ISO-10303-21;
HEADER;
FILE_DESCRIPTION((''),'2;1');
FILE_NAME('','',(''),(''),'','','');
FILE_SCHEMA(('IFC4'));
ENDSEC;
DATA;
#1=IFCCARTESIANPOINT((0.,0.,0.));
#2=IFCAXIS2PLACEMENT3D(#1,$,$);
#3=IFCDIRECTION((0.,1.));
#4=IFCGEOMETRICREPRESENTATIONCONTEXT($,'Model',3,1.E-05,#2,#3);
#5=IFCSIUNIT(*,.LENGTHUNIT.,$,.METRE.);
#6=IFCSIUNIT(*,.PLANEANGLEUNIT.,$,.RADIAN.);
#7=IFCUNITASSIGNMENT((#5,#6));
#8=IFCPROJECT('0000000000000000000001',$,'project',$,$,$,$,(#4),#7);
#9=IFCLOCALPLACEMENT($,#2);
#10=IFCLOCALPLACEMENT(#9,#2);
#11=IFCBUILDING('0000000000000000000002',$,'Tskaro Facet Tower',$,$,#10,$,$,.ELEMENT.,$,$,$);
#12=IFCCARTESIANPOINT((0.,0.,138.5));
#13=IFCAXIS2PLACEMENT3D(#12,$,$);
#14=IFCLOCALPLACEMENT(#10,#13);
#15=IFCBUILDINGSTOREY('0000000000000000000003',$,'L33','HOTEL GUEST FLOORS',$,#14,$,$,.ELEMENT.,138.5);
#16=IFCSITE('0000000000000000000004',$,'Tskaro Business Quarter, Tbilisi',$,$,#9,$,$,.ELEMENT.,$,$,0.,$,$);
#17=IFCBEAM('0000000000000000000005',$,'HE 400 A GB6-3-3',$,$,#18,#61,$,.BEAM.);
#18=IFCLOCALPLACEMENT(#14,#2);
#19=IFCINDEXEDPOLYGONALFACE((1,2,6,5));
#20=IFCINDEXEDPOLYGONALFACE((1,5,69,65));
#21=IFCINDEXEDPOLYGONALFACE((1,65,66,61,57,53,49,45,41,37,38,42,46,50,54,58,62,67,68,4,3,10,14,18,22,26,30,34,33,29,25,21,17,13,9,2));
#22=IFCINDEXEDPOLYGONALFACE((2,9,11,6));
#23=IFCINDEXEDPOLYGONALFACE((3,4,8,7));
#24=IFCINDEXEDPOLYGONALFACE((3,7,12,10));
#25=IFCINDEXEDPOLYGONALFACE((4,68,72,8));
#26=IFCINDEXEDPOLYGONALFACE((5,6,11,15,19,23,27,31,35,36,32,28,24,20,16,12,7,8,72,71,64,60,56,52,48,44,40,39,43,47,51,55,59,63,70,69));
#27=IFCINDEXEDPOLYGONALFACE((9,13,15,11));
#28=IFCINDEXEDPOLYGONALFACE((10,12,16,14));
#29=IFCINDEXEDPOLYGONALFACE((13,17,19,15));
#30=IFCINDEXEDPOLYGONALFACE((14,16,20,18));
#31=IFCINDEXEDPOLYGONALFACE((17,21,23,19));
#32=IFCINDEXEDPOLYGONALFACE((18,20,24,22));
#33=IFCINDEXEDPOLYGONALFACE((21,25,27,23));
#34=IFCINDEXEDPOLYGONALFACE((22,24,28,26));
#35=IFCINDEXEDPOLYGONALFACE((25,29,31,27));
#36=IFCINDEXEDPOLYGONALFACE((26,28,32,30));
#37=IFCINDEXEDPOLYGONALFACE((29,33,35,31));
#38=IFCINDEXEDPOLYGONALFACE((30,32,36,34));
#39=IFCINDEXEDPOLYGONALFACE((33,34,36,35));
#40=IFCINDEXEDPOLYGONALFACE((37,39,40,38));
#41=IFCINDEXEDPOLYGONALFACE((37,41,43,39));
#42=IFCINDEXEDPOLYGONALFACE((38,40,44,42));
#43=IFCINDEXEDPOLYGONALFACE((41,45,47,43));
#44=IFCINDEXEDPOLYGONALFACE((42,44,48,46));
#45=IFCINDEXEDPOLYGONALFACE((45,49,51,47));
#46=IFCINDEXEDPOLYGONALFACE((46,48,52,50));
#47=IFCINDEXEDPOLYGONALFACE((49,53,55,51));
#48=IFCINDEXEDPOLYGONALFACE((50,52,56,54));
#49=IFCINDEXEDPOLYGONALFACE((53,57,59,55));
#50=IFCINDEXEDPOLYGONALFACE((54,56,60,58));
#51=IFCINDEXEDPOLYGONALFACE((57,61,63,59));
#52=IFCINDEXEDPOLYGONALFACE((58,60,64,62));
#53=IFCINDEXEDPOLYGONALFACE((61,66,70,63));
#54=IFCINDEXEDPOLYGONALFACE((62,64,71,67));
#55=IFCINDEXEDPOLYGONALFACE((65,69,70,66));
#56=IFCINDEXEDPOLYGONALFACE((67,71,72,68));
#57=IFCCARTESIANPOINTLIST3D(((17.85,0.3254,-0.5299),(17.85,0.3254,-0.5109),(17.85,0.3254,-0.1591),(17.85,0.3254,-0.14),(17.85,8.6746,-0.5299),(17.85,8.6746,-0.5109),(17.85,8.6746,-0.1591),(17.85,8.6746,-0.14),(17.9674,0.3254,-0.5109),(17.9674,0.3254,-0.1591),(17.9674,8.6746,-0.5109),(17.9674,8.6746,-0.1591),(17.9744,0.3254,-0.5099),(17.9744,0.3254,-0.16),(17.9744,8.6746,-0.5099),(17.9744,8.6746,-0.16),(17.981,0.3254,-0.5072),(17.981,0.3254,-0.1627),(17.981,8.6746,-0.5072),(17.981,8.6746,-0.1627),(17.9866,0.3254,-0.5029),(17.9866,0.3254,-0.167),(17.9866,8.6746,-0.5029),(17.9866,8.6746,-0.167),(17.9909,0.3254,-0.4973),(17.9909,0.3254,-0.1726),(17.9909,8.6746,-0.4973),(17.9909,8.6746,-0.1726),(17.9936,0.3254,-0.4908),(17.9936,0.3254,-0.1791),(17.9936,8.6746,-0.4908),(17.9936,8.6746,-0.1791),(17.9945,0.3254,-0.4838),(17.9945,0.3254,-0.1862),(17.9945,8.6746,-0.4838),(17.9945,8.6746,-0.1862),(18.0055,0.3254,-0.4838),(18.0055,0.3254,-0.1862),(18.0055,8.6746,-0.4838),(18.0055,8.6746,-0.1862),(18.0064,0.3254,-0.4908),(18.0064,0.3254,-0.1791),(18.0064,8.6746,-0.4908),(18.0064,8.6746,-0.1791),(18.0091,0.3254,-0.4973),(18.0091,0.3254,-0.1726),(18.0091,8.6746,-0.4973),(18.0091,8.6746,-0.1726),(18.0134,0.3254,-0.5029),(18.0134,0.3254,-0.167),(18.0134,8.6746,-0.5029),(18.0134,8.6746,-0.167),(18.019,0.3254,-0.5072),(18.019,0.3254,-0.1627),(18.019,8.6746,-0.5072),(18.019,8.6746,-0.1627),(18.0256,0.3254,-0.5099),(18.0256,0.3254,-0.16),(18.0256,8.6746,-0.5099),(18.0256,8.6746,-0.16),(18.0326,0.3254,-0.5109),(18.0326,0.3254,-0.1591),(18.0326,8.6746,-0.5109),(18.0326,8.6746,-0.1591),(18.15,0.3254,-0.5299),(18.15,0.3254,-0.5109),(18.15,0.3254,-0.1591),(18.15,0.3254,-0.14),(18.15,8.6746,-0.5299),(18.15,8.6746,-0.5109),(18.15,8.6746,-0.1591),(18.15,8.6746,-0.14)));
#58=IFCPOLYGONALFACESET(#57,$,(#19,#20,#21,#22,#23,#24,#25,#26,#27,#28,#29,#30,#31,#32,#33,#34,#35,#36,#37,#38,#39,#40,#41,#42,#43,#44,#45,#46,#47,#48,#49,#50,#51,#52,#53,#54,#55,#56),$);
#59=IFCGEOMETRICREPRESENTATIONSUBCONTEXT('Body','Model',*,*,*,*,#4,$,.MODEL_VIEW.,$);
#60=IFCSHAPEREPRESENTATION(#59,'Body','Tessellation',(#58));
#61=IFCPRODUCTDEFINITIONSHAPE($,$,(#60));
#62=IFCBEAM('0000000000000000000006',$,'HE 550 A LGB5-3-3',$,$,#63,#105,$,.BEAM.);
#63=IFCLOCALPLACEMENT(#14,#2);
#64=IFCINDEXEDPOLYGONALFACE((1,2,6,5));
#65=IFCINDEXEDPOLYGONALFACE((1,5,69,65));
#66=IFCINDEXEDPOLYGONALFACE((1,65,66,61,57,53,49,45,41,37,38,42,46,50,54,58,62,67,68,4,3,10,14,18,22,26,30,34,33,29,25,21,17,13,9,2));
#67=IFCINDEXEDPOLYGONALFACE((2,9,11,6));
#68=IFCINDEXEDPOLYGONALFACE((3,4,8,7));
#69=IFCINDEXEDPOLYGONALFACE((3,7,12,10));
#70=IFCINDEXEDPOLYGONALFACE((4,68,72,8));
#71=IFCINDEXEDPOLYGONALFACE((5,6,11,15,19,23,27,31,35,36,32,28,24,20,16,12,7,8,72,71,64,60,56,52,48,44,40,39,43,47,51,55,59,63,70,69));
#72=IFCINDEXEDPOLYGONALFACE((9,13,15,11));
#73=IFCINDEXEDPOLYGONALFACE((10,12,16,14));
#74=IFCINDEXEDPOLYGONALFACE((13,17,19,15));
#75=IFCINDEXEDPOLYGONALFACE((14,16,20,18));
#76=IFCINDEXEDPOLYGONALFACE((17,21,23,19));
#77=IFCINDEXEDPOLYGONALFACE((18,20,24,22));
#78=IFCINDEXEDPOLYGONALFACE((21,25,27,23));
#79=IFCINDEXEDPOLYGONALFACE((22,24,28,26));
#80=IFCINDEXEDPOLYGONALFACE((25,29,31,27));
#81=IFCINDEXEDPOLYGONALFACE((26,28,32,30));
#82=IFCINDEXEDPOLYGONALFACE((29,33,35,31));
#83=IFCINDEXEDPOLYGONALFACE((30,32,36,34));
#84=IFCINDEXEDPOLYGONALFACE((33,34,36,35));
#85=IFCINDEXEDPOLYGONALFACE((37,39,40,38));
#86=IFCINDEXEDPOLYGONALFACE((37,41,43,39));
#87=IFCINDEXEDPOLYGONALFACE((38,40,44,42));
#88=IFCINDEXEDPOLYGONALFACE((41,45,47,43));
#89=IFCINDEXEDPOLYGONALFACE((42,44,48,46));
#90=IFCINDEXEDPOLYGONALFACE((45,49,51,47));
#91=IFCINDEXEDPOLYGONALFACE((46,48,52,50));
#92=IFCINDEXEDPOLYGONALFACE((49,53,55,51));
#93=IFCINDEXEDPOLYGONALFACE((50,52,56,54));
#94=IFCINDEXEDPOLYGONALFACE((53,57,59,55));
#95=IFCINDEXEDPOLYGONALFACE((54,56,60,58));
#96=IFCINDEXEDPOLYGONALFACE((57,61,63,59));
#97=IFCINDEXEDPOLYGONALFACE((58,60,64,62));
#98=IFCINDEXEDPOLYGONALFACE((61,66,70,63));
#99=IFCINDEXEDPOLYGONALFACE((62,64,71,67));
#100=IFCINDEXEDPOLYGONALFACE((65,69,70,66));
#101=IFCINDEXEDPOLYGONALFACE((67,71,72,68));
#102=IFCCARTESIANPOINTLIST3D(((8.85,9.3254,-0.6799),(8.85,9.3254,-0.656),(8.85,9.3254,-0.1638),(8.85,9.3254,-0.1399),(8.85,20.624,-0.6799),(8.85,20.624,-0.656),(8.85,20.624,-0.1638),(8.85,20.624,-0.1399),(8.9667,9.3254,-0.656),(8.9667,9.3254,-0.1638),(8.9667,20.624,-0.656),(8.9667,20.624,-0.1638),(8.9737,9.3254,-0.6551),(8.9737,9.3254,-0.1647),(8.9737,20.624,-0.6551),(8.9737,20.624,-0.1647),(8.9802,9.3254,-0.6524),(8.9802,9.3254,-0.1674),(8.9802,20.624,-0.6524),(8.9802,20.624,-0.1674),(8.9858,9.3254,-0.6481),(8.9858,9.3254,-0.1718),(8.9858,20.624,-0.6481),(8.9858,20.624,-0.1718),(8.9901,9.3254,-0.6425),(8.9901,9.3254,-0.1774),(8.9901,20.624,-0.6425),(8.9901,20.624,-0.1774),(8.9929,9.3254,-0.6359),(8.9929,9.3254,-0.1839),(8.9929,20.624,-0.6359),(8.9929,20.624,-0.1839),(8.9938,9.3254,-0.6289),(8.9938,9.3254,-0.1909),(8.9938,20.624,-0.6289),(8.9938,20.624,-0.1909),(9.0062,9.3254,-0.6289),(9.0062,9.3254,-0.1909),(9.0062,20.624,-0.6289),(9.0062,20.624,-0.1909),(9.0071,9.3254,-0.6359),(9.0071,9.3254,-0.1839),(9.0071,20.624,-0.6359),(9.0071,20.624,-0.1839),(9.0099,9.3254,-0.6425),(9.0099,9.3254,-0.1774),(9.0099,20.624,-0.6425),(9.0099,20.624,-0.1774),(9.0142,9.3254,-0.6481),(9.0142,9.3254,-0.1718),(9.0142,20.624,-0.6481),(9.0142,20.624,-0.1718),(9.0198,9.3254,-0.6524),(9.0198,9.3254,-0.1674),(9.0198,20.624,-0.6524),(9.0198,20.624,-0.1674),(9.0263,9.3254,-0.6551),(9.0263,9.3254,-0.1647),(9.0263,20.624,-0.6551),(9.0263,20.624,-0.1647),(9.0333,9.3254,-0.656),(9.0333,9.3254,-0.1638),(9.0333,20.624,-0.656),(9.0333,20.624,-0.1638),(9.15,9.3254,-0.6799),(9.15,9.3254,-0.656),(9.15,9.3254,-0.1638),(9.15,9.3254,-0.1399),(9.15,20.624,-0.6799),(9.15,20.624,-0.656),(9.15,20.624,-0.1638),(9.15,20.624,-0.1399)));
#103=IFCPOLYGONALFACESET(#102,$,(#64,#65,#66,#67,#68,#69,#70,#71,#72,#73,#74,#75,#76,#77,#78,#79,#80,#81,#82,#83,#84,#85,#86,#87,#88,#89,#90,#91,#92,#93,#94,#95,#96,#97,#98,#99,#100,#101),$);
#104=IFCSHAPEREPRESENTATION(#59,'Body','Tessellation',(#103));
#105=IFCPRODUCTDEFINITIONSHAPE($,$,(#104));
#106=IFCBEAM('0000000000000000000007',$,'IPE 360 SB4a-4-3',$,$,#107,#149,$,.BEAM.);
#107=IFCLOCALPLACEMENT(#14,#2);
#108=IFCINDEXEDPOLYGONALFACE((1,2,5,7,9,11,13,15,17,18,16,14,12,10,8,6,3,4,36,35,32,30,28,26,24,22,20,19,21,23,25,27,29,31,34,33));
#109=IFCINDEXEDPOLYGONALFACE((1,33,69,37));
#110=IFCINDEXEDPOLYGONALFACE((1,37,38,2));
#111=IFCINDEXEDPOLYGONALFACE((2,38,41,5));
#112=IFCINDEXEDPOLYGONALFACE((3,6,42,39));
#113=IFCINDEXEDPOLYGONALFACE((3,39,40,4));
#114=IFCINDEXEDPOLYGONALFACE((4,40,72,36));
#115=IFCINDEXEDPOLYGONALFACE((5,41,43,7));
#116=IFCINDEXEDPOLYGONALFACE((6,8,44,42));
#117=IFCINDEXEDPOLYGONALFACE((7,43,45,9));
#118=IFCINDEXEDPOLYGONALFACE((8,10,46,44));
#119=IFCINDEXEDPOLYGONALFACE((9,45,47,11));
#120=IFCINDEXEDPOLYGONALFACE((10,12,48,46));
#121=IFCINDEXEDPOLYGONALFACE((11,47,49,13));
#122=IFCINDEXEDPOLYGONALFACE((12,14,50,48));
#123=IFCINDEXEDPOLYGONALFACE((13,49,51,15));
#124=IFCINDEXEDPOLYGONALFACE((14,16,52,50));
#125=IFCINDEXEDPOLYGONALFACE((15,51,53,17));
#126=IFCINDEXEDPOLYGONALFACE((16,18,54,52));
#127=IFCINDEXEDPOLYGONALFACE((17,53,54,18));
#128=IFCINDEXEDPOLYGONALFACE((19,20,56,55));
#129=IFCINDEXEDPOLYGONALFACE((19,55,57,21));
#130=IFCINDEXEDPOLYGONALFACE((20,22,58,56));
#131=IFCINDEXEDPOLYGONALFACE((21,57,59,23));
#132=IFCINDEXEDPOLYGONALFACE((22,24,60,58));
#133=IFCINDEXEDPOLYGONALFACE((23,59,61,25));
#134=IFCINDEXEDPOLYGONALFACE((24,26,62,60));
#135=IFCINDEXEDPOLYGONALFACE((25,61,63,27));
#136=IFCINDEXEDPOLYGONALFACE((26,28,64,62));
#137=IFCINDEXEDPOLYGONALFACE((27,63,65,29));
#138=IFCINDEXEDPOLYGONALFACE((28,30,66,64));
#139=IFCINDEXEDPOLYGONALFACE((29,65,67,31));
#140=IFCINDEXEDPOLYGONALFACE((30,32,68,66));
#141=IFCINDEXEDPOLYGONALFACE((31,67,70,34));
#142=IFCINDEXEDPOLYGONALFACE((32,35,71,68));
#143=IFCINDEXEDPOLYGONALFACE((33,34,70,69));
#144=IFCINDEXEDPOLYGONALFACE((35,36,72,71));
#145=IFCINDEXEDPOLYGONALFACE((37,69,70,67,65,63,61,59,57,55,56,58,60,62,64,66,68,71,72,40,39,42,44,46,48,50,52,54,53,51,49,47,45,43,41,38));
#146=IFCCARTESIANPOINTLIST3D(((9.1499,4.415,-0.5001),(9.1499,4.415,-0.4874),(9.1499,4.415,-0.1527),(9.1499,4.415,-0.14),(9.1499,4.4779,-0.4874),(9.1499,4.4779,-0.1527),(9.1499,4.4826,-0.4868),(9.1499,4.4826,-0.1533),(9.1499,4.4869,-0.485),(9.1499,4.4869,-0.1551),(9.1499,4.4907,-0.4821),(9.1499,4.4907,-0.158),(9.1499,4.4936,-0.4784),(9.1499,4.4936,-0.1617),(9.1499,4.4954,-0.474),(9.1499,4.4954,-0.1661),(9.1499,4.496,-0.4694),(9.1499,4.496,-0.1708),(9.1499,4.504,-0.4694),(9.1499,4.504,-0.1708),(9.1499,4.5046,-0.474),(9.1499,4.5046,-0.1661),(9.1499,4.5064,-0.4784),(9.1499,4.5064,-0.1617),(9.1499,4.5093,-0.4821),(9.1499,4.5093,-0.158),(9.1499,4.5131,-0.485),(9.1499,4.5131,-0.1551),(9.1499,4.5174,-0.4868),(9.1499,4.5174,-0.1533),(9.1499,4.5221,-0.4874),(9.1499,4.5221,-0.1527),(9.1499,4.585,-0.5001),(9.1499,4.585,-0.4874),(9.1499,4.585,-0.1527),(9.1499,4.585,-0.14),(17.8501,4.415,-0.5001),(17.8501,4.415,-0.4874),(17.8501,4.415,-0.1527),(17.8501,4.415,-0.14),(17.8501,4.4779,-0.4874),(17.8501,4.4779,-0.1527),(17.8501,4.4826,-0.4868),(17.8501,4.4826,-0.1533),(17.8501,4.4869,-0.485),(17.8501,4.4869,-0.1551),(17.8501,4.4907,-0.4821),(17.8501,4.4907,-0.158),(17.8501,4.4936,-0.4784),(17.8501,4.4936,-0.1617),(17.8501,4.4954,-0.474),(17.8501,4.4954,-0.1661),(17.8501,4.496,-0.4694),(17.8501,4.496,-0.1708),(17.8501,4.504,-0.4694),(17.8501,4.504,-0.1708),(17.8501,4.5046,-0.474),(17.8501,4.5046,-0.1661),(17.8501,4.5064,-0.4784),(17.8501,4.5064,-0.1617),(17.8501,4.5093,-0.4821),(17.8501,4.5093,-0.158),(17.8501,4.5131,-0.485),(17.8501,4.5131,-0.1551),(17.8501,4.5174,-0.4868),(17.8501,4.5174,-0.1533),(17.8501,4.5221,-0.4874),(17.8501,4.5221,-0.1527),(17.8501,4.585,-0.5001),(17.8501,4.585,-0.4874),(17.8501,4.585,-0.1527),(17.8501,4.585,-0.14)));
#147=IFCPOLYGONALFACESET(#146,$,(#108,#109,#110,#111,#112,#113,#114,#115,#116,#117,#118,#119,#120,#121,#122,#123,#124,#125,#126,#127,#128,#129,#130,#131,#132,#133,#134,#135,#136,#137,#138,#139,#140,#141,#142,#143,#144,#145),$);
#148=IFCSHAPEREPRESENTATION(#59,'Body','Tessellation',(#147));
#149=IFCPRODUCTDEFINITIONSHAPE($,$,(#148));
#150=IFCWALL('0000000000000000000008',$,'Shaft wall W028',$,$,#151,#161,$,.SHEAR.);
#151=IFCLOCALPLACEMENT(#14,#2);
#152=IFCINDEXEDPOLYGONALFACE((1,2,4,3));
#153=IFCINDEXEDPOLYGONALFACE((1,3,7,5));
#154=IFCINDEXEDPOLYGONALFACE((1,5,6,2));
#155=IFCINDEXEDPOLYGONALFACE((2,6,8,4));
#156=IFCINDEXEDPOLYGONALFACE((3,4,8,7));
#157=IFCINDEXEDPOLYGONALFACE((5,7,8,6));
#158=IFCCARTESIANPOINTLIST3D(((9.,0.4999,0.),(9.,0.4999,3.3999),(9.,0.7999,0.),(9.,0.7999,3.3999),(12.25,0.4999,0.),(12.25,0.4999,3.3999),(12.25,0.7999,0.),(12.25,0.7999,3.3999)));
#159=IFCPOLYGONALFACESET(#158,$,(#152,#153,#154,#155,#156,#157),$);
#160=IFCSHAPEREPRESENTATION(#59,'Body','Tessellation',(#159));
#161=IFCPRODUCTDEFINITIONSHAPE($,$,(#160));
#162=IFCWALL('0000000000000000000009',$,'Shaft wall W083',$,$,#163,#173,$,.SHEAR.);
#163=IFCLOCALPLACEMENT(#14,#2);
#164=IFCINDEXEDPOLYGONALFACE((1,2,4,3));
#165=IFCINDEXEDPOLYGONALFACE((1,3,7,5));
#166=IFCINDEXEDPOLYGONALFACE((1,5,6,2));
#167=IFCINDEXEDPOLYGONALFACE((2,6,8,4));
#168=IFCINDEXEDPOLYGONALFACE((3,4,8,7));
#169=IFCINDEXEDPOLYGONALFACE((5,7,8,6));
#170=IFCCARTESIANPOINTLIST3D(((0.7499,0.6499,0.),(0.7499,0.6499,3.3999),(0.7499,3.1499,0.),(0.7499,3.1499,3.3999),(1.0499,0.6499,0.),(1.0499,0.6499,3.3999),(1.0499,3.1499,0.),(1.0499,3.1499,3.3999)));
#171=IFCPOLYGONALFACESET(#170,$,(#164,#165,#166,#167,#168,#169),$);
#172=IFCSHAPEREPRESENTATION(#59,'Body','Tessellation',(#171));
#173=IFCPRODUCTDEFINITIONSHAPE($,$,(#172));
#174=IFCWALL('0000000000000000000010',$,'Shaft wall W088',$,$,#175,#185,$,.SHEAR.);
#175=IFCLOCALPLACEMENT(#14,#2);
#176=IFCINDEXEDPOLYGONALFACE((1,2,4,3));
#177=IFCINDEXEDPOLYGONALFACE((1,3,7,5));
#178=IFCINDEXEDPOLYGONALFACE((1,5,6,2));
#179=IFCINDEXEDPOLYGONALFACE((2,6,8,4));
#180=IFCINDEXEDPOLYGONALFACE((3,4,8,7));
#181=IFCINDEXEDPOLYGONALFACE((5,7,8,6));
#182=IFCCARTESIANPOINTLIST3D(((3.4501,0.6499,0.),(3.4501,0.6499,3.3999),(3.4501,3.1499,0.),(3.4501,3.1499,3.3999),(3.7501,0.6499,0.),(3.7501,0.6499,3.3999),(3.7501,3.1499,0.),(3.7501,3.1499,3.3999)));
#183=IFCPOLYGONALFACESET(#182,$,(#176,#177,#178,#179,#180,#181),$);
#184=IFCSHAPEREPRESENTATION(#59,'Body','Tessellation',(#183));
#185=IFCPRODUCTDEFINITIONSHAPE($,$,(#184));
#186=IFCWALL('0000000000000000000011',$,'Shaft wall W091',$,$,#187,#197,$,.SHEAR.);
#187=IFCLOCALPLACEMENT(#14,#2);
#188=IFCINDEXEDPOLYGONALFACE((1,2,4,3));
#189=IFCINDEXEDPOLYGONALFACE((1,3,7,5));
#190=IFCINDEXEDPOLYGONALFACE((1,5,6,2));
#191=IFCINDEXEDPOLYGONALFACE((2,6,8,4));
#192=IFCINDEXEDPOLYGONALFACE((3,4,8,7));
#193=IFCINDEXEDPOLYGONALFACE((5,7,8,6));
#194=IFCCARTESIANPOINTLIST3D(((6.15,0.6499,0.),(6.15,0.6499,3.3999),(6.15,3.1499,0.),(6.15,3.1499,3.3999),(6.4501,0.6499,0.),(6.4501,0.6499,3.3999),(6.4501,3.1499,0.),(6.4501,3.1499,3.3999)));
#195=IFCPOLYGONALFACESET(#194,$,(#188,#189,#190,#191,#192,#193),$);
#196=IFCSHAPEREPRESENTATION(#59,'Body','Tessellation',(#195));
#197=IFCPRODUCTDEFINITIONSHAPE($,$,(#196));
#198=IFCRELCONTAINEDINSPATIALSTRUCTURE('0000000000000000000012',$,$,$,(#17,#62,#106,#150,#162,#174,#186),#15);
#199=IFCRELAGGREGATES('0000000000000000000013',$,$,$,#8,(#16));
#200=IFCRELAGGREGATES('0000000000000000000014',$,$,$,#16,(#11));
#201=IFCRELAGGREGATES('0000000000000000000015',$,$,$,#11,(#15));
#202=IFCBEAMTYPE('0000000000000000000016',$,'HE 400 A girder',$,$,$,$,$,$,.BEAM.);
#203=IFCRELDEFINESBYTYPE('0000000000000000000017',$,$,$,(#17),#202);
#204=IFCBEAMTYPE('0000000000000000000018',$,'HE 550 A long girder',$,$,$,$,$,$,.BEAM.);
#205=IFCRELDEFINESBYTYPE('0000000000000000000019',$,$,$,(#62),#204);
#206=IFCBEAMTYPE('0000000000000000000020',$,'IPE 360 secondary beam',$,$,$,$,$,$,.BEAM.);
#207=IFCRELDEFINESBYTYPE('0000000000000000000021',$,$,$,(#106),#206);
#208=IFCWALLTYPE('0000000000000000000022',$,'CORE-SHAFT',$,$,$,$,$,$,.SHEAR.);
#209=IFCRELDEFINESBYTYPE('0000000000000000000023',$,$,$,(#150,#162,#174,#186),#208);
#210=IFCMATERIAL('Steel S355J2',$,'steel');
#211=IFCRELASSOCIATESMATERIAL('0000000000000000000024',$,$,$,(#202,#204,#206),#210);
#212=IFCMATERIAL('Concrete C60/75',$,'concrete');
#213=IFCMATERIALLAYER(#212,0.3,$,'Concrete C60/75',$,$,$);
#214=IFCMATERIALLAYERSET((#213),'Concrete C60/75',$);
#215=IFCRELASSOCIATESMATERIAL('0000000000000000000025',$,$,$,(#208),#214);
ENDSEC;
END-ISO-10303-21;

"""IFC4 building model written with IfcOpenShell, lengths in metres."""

from ifc_helpers import new_model, si_unit, direction, frame, frame_2d, origin, origin_2d, place, context, subcontext, project, spatial, rectangle, i_section, extrude, material, layer, layer_set, material_profile, profile_set, type_object, element, save


model = new_model("IFC4")

# Units and contexts
model_context = context("Model", 3, precision=1e-05, world=origin(), true_north=direction((0.0, 1.0)))
body_context = subcontext(model_context, "Body", "Model", "MODEL_VIEW")
ifc_project = project(units=[si_unit("LENGTHUNIT", "METRE"), si_unit("PLANEANGLEUNIT", "RADIAN")], contexts=[model_context])

# Site, building, storey
site_placement = place(None, origin())
site = spatial("IfcSite", under=ifc_project, at=site_placement, Name="Tskaro Business Quarter, Tbilisi", CompositionType="ELEMENT", RefElevation=0.0)
building_placement = place(site_placement, origin())
building = spatial("IfcBuilding", under=site, at=building_placement, Name="Tskaro Facet Tower", CompositionType="ELEMENT")
storey_placement = place(building_placement, frame((0.0, 0.0, 138.5)))
storey = spatial("IfcBuildingStorey", under=building, at=storey_placement, Name="L33", Description="HOTEL GUEST FLOORS", CompositionType="ELEMENT", Elevation=138.5)

# Beams
ifc_material_1 = material(Name="Steel S355J2", Category="steel")
ifc_material_profile_1 = material_profile(ifc_material_1, i_section(OverallWidth=0.3, OverallDepth=0.3899, WebThickness=0.011, FlangeThickness=0.019, FilletRadius=0.0271, at=origin_2d()), Name="HE 400 A")
ifc_profile_set_1 = profile_set([ifc_material_profile_1], Name="Steel S355J2")
beam_type_1 = type_object("IfcBeamType", Name="HE 400 A girder", PredefinedType="BEAM", material=ifc_profile_set_1)
beam_1_placement = place(storey_placement, frame((18.0, 0.3254, -0.335), z_axis=(0.0, 1.0, 0.0), x_axis=(-1.0, 0.0, 0.0)))
element("IfcBeam", 1, at=beam_1_placement, inside=storey, type_object=beam_type_1, Name="HE 400 A GB6-3-3", PredefinedType="BEAM", context=body_context, shape_type="SweptSolid", body=[
    extrude(i_section(OverallWidth=0.3, OverallDepth=0.3899, WebThickness=0.011, FlangeThickness=0.019, FilletRadius=0.0271, at=origin_2d()), origin(), (0.0, 0.0, 1.0), 8.3491),
])
ifc_material_profile_2 = material_profile(ifc_material_1, i_section(OverallWidth=0.3, OverallDepth=0.54, WebThickness=0.0125, FlangeThickness=0.0239, FilletRadius=0.0271, at=origin_2d()), Name="HE 550 A")
ifc_profile_set_2 = profile_set([ifc_material_profile_2], Name="Steel S355J2")
beam_type_2 = type_object("IfcBeamType", Name="HE 550 A long girder", PredefinedType="BEAM", material=ifc_profile_set_2)
beam_2_placement = place(storey_placement, frame((9.0, 9.3254, -0.4099), z_axis=(0.0, 1.0, 0.0), x_axis=(-1.0, 0.0, 0.0)))
element("IfcBeam", 2, at=beam_2_placement, inside=storey, type_object=beam_type_2, Name="HE 550 A LGB5-3-3", PredefinedType="BEAM", context=body_context, shape_type="SweptSolid", body=[
    extrude(i_section(OverallWidth=0.3, OverallDepth=0.54, WebThickness=0.0125, FlangeThickness=0.0239, FilletRadius=0.0271, at=origin_2d()), origin(), (0.0, 0.0, 1.0), 11.2986),
])
ifc_material_profile_3 = material_profile(ifc_material_1, i_section(OverallWidth=0.1699, OverallDepth=0.3601, WebThickness=0.0081, FlangeThickness=0.0127, FilletRadius=0.0181, at=origin_2d()), Name="IPE 360")
ifc_profile_set_3 = profile_set([ifc_material_profile_3], Name="Steel S355J2")
beam_type_3 = type_object("IfcBeamType", Name="IPE 360 secondary beam", PredefinedType="BEAM", material=ifc_profile_set_3)
beam_3_placement = place(storey_placement, frame((9.1499, 4.5, -0.3201), z_axis=(1.0, 0.0, 0.0), x_axis=(0.0, 1.0, 0.0)))
element("IfcBeam", 3, at=beam_3_placement, inside=storey, type_object=beam_type_3, Name="IPE 360 SB4a-4-3", PredefinedType="BEAM", context=body_context, shape_type="SweptSolid", body=[
    extrude(i_section(OverallWidth=0.1699, OverallDepth=0.3601, WebThickness=0.0081, FlangeThickness=0.0127, FilletRadius=0.0181, at=origin_2d()), origin(), (0.0, 0.0, 1.0), 8.7002),
])

# Walls
ifc_material_2 = material(Name="Concrete C60/75", Category="concrete")
ifc_layer_1 = layer(ifc_material_2, 0.3, Name="Concrete C60/75")
ifc_layer_set_1 = layer_set([ifc_layer_1], Name="Concrete C60/75")
wall_type_1 = type_object("IfcWallType", Name="CORE-SHAFT", PredefinedType="SHEAR", material=ifc_layer_set_1)
wall_1_placement = place(storey_placement, frame((12.25, 0.6499, 0.0), z_axis=(0.0, 0.0, 1.0), x_axis=(-1.0, 0.0, 0.0)))
element("IfcWall", 4, at=wall_1_placement, inside=storey, type_object=wall_type_1, Name="Shaft wall W028", PredefinedType="SHEAR", context=body_context, shape_type="SweptSolid", body=[
    extrude(rectangle(XDim=3.25, YDim=0.3, at=frame_2d((1.625, 0.0))), origin(), (0.0, 0.0, 1.0), 3.3999),
])
for number, where, z_axis, x_axis, name in (
    (5, (0.8999, 0.6499, 0.0), (0.0, 0.0, 1.0), (0.0, 1.0, 0.0), "Shaft wall W083"),
    (6, (3.6001, 0.6499, 0.0), (0.0, 0.0, 1.0), (0.0, 1.0, 0.0), "Shaft wall W088"),
    (7, (6.3, 0.6499, 0.0), (0.0, 0.0, 1.0), (0.0, 1.0, 0.0), "Shaft wall W091"),
):
    element("IfcWall", number, at=place(storey_placement, frame(where, z_axis=z_axis, x_axis=x_axis)), inside=storey, type_object=wall_type_1, Name=name, PredefinedType="SHEAR", context=body_context, shape_type="SweptSolid", body=[
        extrude(rectangle(XDim=2.5, YDim=0.3, at=frame_2d((1.25, 0.0))), origin(), (0.0, 0.0, 1.0), 3.3999),
    ])

save(model, "model.ifc")
